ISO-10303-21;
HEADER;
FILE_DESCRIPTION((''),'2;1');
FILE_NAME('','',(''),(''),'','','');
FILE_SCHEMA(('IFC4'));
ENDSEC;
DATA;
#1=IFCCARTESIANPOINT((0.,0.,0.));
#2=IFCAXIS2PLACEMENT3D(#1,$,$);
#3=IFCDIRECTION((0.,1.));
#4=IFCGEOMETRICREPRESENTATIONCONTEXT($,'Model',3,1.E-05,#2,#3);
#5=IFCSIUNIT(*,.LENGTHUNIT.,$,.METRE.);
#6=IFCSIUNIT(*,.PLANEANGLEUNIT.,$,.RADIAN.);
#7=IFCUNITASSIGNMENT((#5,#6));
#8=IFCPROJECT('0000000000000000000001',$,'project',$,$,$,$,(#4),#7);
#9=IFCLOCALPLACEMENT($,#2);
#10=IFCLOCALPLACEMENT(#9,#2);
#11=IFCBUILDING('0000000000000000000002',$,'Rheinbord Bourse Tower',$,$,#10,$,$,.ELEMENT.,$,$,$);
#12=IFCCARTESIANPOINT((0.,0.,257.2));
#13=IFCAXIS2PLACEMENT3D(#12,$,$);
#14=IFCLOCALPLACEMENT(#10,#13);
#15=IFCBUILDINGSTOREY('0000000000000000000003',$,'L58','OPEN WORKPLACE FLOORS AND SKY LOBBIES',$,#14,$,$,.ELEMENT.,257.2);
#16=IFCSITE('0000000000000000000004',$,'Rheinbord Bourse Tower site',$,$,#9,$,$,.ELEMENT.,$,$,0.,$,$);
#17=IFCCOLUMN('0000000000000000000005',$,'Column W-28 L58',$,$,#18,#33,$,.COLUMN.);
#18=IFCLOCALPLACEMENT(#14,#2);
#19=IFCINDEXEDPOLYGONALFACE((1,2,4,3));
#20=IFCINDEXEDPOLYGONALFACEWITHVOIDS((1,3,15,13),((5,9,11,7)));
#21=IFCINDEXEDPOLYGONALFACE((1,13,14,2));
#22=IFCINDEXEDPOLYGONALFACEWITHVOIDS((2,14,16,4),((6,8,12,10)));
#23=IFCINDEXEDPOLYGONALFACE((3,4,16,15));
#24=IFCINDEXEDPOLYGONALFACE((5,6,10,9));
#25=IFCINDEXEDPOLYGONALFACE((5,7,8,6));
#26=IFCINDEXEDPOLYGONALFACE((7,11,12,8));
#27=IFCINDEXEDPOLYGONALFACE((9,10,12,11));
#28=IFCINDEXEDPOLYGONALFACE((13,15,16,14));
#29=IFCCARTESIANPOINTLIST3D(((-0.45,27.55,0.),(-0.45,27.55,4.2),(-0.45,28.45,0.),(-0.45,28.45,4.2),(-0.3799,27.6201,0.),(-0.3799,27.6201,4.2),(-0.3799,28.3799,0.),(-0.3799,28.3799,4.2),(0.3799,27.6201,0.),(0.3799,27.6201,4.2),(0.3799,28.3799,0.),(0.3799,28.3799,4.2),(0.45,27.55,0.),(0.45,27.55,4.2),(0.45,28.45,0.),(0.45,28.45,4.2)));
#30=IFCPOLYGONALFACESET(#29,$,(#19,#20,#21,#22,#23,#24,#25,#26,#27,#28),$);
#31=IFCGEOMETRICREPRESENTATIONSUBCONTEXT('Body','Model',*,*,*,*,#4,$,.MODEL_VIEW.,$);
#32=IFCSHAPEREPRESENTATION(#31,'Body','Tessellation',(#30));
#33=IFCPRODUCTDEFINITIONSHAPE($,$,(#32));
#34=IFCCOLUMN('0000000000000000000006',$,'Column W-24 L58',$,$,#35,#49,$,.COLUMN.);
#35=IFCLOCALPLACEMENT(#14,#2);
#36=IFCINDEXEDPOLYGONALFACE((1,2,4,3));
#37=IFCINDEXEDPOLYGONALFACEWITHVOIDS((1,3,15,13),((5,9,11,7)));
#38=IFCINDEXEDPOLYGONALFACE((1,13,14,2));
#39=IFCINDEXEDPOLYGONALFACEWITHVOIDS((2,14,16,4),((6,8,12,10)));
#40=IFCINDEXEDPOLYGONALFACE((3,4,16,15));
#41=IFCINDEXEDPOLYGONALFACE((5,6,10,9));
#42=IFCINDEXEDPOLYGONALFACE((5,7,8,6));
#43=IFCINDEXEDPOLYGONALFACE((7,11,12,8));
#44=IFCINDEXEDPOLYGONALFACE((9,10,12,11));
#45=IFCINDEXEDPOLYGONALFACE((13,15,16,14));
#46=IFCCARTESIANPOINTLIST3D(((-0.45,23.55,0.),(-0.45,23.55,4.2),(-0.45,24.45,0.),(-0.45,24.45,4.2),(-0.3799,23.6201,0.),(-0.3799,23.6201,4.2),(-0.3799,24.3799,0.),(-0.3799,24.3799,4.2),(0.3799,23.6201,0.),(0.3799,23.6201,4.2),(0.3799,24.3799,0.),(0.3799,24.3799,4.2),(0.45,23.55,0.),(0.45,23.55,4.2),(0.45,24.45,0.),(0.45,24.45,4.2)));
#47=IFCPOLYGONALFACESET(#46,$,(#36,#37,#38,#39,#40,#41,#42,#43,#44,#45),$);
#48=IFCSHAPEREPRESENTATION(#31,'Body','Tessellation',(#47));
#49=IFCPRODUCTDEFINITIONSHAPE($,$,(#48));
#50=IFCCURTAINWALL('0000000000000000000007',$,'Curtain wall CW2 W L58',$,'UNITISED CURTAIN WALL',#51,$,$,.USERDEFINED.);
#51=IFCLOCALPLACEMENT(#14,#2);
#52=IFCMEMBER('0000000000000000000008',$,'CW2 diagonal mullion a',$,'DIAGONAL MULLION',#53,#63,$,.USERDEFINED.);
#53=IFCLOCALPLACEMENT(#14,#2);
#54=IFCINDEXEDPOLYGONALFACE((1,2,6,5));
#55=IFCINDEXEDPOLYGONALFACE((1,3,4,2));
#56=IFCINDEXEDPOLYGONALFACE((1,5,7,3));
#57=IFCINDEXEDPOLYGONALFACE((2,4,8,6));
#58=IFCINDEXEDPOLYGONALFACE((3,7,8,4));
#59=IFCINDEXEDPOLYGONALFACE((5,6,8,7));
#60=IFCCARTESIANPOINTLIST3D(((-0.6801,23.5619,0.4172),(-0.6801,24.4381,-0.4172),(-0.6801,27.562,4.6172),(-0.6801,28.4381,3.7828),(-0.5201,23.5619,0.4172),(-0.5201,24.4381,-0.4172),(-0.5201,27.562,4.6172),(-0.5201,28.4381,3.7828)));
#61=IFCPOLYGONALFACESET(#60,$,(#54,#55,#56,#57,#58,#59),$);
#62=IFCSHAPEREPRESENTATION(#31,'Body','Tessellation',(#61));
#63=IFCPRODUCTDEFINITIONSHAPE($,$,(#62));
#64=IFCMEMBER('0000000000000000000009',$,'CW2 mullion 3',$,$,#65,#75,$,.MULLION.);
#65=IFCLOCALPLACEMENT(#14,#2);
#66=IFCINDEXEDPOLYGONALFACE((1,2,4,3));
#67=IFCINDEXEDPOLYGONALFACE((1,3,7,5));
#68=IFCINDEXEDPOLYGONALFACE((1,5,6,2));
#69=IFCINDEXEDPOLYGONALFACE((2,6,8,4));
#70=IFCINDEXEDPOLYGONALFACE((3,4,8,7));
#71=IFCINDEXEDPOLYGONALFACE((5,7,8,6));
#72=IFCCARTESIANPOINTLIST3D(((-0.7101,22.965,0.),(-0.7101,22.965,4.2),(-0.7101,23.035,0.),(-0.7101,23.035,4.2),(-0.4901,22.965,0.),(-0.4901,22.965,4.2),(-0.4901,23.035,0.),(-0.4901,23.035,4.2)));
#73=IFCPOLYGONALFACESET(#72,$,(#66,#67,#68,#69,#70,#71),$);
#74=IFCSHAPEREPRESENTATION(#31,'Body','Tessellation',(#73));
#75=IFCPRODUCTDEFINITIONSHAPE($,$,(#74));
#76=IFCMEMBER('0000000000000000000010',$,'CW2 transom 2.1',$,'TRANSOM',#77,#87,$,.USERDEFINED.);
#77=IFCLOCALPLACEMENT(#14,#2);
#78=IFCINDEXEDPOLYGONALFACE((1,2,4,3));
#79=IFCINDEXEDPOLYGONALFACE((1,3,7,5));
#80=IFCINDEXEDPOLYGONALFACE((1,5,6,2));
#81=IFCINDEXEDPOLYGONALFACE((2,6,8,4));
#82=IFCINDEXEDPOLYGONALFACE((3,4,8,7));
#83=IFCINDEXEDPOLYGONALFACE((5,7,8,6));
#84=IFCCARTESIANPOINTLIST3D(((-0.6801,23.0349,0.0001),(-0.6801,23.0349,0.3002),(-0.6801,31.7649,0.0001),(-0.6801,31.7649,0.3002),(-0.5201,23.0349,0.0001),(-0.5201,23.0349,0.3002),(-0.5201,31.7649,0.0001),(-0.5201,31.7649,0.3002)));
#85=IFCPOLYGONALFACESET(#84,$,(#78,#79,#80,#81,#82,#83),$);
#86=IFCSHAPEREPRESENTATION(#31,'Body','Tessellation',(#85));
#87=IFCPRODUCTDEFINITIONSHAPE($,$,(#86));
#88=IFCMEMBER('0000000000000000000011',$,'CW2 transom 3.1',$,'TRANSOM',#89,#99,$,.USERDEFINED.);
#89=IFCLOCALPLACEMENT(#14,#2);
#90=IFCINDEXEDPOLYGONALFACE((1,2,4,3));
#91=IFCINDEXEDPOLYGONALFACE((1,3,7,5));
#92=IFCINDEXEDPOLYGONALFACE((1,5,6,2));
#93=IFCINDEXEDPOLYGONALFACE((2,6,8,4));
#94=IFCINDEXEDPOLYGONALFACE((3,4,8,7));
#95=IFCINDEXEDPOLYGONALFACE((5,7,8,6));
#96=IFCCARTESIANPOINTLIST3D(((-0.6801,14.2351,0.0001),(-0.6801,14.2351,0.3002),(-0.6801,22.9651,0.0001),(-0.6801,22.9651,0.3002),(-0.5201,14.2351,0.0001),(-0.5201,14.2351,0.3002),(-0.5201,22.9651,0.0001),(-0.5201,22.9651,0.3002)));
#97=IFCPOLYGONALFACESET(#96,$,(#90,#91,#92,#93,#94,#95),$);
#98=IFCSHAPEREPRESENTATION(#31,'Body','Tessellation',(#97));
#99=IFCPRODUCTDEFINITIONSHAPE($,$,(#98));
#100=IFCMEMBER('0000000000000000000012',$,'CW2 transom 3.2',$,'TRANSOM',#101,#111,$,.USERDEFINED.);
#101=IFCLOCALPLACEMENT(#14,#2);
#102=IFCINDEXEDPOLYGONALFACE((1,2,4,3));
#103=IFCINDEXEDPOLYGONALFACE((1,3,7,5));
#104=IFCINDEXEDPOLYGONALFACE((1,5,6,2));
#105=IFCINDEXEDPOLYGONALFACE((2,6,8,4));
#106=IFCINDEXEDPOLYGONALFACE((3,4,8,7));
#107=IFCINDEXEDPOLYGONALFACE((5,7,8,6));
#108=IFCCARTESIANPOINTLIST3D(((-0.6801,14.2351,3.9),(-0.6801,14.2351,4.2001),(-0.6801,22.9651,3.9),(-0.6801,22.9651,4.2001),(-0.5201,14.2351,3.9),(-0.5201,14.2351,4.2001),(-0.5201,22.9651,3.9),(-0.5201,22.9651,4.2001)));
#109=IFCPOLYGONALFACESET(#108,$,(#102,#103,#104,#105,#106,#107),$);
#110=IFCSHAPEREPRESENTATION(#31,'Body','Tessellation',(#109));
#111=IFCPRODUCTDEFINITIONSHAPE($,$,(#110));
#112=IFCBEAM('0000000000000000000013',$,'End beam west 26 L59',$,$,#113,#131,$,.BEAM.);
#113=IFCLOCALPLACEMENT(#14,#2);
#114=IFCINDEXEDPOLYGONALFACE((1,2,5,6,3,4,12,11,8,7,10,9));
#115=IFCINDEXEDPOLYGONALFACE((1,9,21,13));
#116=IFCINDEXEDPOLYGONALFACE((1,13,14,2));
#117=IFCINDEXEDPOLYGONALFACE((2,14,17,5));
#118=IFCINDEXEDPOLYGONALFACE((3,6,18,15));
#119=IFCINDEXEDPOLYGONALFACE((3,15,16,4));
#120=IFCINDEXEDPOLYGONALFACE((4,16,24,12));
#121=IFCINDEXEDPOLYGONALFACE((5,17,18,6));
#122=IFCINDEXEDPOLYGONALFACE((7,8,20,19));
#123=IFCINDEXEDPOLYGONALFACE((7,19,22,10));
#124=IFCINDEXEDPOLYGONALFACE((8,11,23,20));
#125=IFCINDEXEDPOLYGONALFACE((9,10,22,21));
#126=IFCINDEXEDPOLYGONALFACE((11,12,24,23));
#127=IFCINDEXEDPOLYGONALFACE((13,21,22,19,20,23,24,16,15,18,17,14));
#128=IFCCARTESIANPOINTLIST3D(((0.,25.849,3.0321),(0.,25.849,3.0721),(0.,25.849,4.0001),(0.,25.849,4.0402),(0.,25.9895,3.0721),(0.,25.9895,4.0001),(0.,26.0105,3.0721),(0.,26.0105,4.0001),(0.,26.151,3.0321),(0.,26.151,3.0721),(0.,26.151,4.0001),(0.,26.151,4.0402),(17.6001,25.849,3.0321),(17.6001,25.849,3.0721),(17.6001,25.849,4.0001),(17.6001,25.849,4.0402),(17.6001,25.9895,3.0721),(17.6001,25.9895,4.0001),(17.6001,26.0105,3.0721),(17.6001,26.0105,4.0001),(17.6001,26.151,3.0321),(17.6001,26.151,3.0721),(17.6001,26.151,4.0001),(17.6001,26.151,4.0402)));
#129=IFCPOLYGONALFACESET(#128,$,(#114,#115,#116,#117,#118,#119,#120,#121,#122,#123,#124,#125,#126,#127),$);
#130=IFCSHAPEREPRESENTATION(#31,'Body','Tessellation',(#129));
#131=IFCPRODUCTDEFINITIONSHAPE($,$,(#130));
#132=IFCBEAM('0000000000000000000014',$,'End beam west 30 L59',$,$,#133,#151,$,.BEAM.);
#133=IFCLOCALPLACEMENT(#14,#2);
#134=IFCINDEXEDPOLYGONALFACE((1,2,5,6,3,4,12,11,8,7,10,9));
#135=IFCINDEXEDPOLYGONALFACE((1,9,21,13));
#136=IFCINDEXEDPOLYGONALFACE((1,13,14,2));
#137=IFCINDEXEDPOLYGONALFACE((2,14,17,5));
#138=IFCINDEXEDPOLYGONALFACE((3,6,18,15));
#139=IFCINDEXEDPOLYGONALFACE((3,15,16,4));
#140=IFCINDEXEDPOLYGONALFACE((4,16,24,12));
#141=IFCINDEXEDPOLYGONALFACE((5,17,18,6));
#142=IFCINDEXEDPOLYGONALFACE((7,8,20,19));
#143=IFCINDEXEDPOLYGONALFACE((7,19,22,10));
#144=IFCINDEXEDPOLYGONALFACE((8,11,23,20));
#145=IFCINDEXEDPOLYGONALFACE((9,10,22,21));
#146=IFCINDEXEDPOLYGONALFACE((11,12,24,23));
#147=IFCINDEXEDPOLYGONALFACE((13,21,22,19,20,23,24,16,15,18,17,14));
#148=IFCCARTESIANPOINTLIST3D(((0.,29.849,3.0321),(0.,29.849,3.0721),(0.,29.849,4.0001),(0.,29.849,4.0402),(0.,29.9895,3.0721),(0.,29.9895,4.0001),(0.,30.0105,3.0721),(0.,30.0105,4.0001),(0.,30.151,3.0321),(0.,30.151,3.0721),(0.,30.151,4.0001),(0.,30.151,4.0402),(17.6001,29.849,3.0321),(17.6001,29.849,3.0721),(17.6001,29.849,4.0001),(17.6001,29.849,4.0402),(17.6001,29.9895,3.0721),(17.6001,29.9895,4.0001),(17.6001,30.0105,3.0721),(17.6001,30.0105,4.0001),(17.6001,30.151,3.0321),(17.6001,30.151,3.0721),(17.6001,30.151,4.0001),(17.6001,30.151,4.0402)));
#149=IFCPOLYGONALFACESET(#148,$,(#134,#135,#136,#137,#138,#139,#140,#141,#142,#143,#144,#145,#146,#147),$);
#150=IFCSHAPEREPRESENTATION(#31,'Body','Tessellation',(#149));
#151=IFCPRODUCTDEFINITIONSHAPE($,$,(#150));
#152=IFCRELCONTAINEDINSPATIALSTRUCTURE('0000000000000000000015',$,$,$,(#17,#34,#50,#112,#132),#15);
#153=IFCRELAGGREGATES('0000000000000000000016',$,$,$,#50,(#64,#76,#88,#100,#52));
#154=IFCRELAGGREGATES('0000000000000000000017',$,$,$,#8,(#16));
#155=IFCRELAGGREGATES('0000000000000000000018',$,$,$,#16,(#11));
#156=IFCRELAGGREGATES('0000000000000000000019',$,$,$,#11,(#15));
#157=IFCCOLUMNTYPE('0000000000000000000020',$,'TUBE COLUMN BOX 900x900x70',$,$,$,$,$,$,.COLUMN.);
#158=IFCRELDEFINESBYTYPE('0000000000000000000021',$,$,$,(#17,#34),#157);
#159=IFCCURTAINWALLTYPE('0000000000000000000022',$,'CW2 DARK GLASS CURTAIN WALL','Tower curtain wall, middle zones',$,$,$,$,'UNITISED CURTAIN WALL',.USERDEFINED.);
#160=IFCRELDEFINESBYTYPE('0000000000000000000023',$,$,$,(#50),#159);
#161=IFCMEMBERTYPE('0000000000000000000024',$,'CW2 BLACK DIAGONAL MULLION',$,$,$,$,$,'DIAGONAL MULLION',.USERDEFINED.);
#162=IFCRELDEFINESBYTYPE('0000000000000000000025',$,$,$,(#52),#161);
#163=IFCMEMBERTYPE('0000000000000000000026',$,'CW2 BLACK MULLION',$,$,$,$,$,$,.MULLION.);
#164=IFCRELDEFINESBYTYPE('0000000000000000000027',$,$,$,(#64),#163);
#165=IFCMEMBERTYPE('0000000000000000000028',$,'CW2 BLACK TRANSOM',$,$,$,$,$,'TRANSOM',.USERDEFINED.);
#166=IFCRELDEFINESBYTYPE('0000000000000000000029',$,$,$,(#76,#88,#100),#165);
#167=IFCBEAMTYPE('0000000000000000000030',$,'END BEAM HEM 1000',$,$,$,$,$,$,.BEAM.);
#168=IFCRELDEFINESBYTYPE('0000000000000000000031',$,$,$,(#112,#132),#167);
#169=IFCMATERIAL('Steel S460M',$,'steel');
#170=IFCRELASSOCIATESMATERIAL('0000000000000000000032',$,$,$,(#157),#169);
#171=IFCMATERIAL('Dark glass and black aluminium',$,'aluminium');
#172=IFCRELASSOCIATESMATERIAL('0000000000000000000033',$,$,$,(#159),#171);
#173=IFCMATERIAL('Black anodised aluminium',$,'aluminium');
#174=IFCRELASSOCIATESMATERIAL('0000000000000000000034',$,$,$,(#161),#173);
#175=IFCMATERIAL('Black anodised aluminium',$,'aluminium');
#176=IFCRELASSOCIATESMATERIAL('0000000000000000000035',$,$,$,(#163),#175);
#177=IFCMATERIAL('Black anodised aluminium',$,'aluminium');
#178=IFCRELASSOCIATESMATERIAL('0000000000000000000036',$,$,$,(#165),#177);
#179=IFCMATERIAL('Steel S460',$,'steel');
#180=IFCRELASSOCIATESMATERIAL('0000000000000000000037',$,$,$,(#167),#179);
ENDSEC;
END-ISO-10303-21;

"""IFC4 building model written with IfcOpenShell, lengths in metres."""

from ifc_helpers import new_model, si_unit, direction, frame, origin, origin_2d, place, context, subcontext, project, spatial, rectangle, hollow_rectangle, i_section, extrude, material, material_profile, profile_set, type_object, element, aggregate, save


model = new_model("IFC4")

# Units and contexts
model_context = context("Model", 3, precision=1e-05, world=origin(), true_north=direction((0.0, 1.0)))
body_context = subcontext(model_context, "Body", "Model", "MODEL_VIEW")
ifc_project = project(units=[si_unit("LENGTHUNIT", "METRE"), si_unit("PLANEANGLEUNIT", "RADIAN")], contexts=[model_context])

# Site, building, storey
site_placement = place(None, origin())
site = spatial("IfcSite", under=ifc_project, at=site_placement, Name="Rheinbord Bourse Tower site", CompositionType="ELEMENT", RefElevation=0.0)
building_placement = place(site_placement, origin())
building = spatial("IfcBuilding", under=site, at=building_placement, Name="Rheinbord Bourse Tower", CompositionType="ELEMENT")
storey_placement = place(building_placement, frame((0.0, 0.0, 257.2)))
storey = spatial("IfcBuildingStorey", under=building, at=storey_placement, Name="L58", Description="OPEN WORKPLACE FLOORS AND SKY LOBBIES", CompositionType="ELEMENT", Elevation=257.2)

# Columns
ifc_material_1 = material(Name="Steel S460M", Category="steel")
ifc_material_profile_1 = material_profile(ifc_material_1, hollow_rectangle(XDim=0.8999, YDim=0.8999, WallThickness=0.0701, at=origin_2d()), Name="BOX 900x900x70")
ifc_profile_set_1 = profile_set([ifc_material_profile_1], Name="Steel S460M")
column_type = type_object("IfcColumnType", Name="TUBE COLUMN BOX 900x900x70", PredefinedType="COLUMN", material=ifc_profile_set_1)
for number, where, z_axis, x_axis, name in (
    (1, (0.0, 28.0, 0.0), (0.0, 0.0, 1.0), (1.0, 0.0, 0.0), "Column W-28 L58"),
    (2, (0.0, 24.0, 0.0), (0.0, 0.0, 1.0), (1.0, 0.0, 0.0), "Column W-24 L58"),
):
    element("IfcColumn", number, at=place(storey_placement, frame(where, z_axis=z_axis, x_axis=x_axis)), inside=storey, type_object=column_type, Name=name, PredefinedType="COLUMN", context=body_context, shape_type="SweptSolid", body=[
        extrude(hollow_rectangle(XDim=0.8999, YDim=0.8999, WallThickness=0.0701, at=origin_2d()), origin(), (0.0, 0.0, 1.0), 4.2),
    ])

# Curtain wall, members
ifc_material_2 = material(Name="Dark glass and black aluminium", Category="aluminium")
curtain_wall_type = type_object("IfcCurtainWallType", Name="CW2 DARK GLASS CURTAIN WALL", Description="Tower curtain wall, middle zones", ElementType="UNITISED CURTAIN WALL", PredefinedType="USERDEFINED", material=ifc_material_2)
curtain_wall_placement = place(storey_placement, origin())
curtain_wall = element("IfcCurtainWall", 3, at=curtain_wall_placement, inside=storey, type_object=curtain_wall_type, Name="Curtain wall CW2 W L58", ObjectType="UNITISED CURTAIN WALL", PredefinedType="USERDEFINED")
ifc_material_3 = material(Name="Black anodised aluminium", Category="aluminium")
ifc_material_profile_2 = material_profile(ifc_material_3, rectangle(XDim=0.1599, YDim=1.21, at=origin_2d()), Name="CW2 DIAGONAL MULLION 1210x160")
ifc_profile_set_2 = profile_set([ifc_material_profile_2], Name="Black anodised aluminium")
member_type_1 = type_object("IfcMemberType", Name="CW2 BLACK DIAGONAL MULLION", ElementType="DIAGONAL MULLION", PredefinedType="USERDEFINED", material=ifc_profile_set_2)
member_1_placement = place(storey_placement, frame((-0.6001, 24.0, 0.0), z_axis=(0.0, 0.689659, 0.724134), x_axis=(-1.0, 0.0, 0.0)))
member_1 = element("IfcMember", 4, at=member_1_placement, type_object=member_type_1, Name="CW2 diagonal mullion a", ObjectType="DIAGONAL MULLION", PredefinedType="USERDEFINED", context=body_context, shape_type="SweptSolid", body=[
    extrude(rectangle(XDim=0.1599, YDim=1.21, at=origin_2d()), origin(), (0.0, 0.0, 1.0), 5.8),
])
ifc_material_4 = material(Name="Black anodised aluminium", Category="aluminium")
ifc_material_profile_3 = material_profile(ifc_material_4, rectangle(XDim=0.22, YDim=0.0701, at=origin_2d()), Name="CW2 MULLION 70x220")
ifc_profile_set_3 = profile_set([ifc_material_profile_3], Name="Black anodised aluminium")
member_type_2 = type_object("IfcMemberType", Name="CW2 BLACK MULLION", PredefinedType="MULLION", material=ifc_profile_set_3)
member_2_placement = place(storey_placement, frame((-0.6001, 23.0, 0.0), z_axis=(0.0, 0.0, 1.0), x_axis=(1.0, 0.0, 0.0)))
member_2 = element("IfcMember", 5, at=member_2_placement, type_object=member_type_2, Name="CW2 mullion 3", PredefinedType="MULLION", context=body_context, shape_type="SweptSolid", body=[
    extrude(rectangle(XDim=0.22, YDim=0.0701, at=origin_2d()), origin(), (0.0, 0.0, 1.0), 4.2),
])
ifc_material_5 = material(Name="Black anodised aluminium", Category="aluminium")
ifc_material_profile_4 = material_profile(ifc_material_5, rectangle(XDim=0.1599, YDim=0.3, at=origin_2d()), Name="CW2 TRANSOM 300x160")
ifc_profile_set_4 = profile_set([ifc_material_profile_4], Name="Black anodised aluminium")
member_type_3 = type_object("IfcMemberType", Name="CW2 BLACK TRANSOM", ElementType="TRANSOM", PredefinedType="USERDEFINED", material=ifc_profile_set_4)
member_3_placement = place(storey_placement, frame((-0.6001, 31.7649, 0.1501), z_axis=(0.0, -1.0, 0.0), x_axis=(1.0, 0.0, 0.0)))
member_3 = element("IfcMember", 6, at=member_3_placement, type_object=member_type_3, Name="CW2 transom 2.1", ObjectType="TRANSOM", PredefinedType="USERDEFINED", context=body_context, shape_type="SweptSolid", body=[
    extrude(rectangle(XDim=0.1599, YDim=0.3, at=origin_2d()), origin(), (0.0, 0.0, 1.0), 8.73),
])
member_4_placement = place(storey_placement, frame((-0.6001, 22.9651, 0.1501), z_axis=(0.0, -1.0, 0.0), x_axis=(1.0, 0.0, 0.0)))
member_4 = element("IfcMember", 7, at=member_4_placement, type_object=member_type_3, Name="CW2 transom 3.1", ObjectType="TRANSOM", PredefinedType="USERDEFINED", context=body_context, shape_type="SweptSolid", body=[
    extrude(rectangle(XDim=0.1599, YDim=0.3, at=origin_2d()), origin(), (0.0, 0.0, 1.0), 8.73),
])
member_5_placement = place(storey_placement, frame((-0.6001, 22.9651, 4.05), z_axis=(0.0, -1.0, 0.0), x_axis=(1.0, 0.0, 0.0)))
member_5 = element("IfcMember", 8, at=member_5_placement, type_object=member_type_3, Name="CW2 transom 3.2", ObjectType="TRANSOM", PredefinedType="USERDEFINED", context=body_context, shape_type="SweptSolid", body=[
    extrude(rectangle(XDim=0.1599, YDim=0.3, at=origin_2d()), origin(), (0.0, 0.0, 1.0), 8.73),
])

# Beams
ifc_material_6 = material(Name="Steel S460", Category="steel")
ifc_material_profile_5 = material_profile(ifc_material_6, i_section(OverallWidth=0.302, OverallDepth=1.0081, WebThickness=0.021, FlangeThickness=0.04, at=origin_2d()), Name="HEM 1000")
ifc_profile_set_5 = profile_set([ifc_material_profile_5], Name="Steel S460")
beam_type_1 = type_object("IfcBeamType", Name="END BEAM HEM 1000", PredefinedType="BEAM", material=ifc_profile_set_5)
for number, where, z_axis, x_axis, name in (
    (9, (0.0, 26.0, 3.5361), (1.0, 0.0, 0.0), (0.0, 1.0, 0.0), "End beam west 26 L59"),
    (10, (0.0, 30.0, 3.5361), (1.0, 0.0, 0.0), (0.0, 1.0, 0.0), "End beam west 30 L59"),
):
    element("IfcBeam", number, at=place(storey_placement, frame(where, z_axis=z_axis, x_axis=x_axis)), inside=storey, type_object=beam_type_1, Name=name, PredefinedType="BEAM", context=body_context, shape_type="SweptSolid", body=[
        extrude(i_section(OverallWidth=0.302, OverallDepth=1.0081, WebThickness=0.021, FlangeThickness=0.04, at=origin_2d()), origin(), (0.0, 0.0, 1.0), 17.6001),
    ])

aggregate(curtain_wall, [member_2, member_3, member_4, member_5, member_1])

save(model, "model.ifc")
